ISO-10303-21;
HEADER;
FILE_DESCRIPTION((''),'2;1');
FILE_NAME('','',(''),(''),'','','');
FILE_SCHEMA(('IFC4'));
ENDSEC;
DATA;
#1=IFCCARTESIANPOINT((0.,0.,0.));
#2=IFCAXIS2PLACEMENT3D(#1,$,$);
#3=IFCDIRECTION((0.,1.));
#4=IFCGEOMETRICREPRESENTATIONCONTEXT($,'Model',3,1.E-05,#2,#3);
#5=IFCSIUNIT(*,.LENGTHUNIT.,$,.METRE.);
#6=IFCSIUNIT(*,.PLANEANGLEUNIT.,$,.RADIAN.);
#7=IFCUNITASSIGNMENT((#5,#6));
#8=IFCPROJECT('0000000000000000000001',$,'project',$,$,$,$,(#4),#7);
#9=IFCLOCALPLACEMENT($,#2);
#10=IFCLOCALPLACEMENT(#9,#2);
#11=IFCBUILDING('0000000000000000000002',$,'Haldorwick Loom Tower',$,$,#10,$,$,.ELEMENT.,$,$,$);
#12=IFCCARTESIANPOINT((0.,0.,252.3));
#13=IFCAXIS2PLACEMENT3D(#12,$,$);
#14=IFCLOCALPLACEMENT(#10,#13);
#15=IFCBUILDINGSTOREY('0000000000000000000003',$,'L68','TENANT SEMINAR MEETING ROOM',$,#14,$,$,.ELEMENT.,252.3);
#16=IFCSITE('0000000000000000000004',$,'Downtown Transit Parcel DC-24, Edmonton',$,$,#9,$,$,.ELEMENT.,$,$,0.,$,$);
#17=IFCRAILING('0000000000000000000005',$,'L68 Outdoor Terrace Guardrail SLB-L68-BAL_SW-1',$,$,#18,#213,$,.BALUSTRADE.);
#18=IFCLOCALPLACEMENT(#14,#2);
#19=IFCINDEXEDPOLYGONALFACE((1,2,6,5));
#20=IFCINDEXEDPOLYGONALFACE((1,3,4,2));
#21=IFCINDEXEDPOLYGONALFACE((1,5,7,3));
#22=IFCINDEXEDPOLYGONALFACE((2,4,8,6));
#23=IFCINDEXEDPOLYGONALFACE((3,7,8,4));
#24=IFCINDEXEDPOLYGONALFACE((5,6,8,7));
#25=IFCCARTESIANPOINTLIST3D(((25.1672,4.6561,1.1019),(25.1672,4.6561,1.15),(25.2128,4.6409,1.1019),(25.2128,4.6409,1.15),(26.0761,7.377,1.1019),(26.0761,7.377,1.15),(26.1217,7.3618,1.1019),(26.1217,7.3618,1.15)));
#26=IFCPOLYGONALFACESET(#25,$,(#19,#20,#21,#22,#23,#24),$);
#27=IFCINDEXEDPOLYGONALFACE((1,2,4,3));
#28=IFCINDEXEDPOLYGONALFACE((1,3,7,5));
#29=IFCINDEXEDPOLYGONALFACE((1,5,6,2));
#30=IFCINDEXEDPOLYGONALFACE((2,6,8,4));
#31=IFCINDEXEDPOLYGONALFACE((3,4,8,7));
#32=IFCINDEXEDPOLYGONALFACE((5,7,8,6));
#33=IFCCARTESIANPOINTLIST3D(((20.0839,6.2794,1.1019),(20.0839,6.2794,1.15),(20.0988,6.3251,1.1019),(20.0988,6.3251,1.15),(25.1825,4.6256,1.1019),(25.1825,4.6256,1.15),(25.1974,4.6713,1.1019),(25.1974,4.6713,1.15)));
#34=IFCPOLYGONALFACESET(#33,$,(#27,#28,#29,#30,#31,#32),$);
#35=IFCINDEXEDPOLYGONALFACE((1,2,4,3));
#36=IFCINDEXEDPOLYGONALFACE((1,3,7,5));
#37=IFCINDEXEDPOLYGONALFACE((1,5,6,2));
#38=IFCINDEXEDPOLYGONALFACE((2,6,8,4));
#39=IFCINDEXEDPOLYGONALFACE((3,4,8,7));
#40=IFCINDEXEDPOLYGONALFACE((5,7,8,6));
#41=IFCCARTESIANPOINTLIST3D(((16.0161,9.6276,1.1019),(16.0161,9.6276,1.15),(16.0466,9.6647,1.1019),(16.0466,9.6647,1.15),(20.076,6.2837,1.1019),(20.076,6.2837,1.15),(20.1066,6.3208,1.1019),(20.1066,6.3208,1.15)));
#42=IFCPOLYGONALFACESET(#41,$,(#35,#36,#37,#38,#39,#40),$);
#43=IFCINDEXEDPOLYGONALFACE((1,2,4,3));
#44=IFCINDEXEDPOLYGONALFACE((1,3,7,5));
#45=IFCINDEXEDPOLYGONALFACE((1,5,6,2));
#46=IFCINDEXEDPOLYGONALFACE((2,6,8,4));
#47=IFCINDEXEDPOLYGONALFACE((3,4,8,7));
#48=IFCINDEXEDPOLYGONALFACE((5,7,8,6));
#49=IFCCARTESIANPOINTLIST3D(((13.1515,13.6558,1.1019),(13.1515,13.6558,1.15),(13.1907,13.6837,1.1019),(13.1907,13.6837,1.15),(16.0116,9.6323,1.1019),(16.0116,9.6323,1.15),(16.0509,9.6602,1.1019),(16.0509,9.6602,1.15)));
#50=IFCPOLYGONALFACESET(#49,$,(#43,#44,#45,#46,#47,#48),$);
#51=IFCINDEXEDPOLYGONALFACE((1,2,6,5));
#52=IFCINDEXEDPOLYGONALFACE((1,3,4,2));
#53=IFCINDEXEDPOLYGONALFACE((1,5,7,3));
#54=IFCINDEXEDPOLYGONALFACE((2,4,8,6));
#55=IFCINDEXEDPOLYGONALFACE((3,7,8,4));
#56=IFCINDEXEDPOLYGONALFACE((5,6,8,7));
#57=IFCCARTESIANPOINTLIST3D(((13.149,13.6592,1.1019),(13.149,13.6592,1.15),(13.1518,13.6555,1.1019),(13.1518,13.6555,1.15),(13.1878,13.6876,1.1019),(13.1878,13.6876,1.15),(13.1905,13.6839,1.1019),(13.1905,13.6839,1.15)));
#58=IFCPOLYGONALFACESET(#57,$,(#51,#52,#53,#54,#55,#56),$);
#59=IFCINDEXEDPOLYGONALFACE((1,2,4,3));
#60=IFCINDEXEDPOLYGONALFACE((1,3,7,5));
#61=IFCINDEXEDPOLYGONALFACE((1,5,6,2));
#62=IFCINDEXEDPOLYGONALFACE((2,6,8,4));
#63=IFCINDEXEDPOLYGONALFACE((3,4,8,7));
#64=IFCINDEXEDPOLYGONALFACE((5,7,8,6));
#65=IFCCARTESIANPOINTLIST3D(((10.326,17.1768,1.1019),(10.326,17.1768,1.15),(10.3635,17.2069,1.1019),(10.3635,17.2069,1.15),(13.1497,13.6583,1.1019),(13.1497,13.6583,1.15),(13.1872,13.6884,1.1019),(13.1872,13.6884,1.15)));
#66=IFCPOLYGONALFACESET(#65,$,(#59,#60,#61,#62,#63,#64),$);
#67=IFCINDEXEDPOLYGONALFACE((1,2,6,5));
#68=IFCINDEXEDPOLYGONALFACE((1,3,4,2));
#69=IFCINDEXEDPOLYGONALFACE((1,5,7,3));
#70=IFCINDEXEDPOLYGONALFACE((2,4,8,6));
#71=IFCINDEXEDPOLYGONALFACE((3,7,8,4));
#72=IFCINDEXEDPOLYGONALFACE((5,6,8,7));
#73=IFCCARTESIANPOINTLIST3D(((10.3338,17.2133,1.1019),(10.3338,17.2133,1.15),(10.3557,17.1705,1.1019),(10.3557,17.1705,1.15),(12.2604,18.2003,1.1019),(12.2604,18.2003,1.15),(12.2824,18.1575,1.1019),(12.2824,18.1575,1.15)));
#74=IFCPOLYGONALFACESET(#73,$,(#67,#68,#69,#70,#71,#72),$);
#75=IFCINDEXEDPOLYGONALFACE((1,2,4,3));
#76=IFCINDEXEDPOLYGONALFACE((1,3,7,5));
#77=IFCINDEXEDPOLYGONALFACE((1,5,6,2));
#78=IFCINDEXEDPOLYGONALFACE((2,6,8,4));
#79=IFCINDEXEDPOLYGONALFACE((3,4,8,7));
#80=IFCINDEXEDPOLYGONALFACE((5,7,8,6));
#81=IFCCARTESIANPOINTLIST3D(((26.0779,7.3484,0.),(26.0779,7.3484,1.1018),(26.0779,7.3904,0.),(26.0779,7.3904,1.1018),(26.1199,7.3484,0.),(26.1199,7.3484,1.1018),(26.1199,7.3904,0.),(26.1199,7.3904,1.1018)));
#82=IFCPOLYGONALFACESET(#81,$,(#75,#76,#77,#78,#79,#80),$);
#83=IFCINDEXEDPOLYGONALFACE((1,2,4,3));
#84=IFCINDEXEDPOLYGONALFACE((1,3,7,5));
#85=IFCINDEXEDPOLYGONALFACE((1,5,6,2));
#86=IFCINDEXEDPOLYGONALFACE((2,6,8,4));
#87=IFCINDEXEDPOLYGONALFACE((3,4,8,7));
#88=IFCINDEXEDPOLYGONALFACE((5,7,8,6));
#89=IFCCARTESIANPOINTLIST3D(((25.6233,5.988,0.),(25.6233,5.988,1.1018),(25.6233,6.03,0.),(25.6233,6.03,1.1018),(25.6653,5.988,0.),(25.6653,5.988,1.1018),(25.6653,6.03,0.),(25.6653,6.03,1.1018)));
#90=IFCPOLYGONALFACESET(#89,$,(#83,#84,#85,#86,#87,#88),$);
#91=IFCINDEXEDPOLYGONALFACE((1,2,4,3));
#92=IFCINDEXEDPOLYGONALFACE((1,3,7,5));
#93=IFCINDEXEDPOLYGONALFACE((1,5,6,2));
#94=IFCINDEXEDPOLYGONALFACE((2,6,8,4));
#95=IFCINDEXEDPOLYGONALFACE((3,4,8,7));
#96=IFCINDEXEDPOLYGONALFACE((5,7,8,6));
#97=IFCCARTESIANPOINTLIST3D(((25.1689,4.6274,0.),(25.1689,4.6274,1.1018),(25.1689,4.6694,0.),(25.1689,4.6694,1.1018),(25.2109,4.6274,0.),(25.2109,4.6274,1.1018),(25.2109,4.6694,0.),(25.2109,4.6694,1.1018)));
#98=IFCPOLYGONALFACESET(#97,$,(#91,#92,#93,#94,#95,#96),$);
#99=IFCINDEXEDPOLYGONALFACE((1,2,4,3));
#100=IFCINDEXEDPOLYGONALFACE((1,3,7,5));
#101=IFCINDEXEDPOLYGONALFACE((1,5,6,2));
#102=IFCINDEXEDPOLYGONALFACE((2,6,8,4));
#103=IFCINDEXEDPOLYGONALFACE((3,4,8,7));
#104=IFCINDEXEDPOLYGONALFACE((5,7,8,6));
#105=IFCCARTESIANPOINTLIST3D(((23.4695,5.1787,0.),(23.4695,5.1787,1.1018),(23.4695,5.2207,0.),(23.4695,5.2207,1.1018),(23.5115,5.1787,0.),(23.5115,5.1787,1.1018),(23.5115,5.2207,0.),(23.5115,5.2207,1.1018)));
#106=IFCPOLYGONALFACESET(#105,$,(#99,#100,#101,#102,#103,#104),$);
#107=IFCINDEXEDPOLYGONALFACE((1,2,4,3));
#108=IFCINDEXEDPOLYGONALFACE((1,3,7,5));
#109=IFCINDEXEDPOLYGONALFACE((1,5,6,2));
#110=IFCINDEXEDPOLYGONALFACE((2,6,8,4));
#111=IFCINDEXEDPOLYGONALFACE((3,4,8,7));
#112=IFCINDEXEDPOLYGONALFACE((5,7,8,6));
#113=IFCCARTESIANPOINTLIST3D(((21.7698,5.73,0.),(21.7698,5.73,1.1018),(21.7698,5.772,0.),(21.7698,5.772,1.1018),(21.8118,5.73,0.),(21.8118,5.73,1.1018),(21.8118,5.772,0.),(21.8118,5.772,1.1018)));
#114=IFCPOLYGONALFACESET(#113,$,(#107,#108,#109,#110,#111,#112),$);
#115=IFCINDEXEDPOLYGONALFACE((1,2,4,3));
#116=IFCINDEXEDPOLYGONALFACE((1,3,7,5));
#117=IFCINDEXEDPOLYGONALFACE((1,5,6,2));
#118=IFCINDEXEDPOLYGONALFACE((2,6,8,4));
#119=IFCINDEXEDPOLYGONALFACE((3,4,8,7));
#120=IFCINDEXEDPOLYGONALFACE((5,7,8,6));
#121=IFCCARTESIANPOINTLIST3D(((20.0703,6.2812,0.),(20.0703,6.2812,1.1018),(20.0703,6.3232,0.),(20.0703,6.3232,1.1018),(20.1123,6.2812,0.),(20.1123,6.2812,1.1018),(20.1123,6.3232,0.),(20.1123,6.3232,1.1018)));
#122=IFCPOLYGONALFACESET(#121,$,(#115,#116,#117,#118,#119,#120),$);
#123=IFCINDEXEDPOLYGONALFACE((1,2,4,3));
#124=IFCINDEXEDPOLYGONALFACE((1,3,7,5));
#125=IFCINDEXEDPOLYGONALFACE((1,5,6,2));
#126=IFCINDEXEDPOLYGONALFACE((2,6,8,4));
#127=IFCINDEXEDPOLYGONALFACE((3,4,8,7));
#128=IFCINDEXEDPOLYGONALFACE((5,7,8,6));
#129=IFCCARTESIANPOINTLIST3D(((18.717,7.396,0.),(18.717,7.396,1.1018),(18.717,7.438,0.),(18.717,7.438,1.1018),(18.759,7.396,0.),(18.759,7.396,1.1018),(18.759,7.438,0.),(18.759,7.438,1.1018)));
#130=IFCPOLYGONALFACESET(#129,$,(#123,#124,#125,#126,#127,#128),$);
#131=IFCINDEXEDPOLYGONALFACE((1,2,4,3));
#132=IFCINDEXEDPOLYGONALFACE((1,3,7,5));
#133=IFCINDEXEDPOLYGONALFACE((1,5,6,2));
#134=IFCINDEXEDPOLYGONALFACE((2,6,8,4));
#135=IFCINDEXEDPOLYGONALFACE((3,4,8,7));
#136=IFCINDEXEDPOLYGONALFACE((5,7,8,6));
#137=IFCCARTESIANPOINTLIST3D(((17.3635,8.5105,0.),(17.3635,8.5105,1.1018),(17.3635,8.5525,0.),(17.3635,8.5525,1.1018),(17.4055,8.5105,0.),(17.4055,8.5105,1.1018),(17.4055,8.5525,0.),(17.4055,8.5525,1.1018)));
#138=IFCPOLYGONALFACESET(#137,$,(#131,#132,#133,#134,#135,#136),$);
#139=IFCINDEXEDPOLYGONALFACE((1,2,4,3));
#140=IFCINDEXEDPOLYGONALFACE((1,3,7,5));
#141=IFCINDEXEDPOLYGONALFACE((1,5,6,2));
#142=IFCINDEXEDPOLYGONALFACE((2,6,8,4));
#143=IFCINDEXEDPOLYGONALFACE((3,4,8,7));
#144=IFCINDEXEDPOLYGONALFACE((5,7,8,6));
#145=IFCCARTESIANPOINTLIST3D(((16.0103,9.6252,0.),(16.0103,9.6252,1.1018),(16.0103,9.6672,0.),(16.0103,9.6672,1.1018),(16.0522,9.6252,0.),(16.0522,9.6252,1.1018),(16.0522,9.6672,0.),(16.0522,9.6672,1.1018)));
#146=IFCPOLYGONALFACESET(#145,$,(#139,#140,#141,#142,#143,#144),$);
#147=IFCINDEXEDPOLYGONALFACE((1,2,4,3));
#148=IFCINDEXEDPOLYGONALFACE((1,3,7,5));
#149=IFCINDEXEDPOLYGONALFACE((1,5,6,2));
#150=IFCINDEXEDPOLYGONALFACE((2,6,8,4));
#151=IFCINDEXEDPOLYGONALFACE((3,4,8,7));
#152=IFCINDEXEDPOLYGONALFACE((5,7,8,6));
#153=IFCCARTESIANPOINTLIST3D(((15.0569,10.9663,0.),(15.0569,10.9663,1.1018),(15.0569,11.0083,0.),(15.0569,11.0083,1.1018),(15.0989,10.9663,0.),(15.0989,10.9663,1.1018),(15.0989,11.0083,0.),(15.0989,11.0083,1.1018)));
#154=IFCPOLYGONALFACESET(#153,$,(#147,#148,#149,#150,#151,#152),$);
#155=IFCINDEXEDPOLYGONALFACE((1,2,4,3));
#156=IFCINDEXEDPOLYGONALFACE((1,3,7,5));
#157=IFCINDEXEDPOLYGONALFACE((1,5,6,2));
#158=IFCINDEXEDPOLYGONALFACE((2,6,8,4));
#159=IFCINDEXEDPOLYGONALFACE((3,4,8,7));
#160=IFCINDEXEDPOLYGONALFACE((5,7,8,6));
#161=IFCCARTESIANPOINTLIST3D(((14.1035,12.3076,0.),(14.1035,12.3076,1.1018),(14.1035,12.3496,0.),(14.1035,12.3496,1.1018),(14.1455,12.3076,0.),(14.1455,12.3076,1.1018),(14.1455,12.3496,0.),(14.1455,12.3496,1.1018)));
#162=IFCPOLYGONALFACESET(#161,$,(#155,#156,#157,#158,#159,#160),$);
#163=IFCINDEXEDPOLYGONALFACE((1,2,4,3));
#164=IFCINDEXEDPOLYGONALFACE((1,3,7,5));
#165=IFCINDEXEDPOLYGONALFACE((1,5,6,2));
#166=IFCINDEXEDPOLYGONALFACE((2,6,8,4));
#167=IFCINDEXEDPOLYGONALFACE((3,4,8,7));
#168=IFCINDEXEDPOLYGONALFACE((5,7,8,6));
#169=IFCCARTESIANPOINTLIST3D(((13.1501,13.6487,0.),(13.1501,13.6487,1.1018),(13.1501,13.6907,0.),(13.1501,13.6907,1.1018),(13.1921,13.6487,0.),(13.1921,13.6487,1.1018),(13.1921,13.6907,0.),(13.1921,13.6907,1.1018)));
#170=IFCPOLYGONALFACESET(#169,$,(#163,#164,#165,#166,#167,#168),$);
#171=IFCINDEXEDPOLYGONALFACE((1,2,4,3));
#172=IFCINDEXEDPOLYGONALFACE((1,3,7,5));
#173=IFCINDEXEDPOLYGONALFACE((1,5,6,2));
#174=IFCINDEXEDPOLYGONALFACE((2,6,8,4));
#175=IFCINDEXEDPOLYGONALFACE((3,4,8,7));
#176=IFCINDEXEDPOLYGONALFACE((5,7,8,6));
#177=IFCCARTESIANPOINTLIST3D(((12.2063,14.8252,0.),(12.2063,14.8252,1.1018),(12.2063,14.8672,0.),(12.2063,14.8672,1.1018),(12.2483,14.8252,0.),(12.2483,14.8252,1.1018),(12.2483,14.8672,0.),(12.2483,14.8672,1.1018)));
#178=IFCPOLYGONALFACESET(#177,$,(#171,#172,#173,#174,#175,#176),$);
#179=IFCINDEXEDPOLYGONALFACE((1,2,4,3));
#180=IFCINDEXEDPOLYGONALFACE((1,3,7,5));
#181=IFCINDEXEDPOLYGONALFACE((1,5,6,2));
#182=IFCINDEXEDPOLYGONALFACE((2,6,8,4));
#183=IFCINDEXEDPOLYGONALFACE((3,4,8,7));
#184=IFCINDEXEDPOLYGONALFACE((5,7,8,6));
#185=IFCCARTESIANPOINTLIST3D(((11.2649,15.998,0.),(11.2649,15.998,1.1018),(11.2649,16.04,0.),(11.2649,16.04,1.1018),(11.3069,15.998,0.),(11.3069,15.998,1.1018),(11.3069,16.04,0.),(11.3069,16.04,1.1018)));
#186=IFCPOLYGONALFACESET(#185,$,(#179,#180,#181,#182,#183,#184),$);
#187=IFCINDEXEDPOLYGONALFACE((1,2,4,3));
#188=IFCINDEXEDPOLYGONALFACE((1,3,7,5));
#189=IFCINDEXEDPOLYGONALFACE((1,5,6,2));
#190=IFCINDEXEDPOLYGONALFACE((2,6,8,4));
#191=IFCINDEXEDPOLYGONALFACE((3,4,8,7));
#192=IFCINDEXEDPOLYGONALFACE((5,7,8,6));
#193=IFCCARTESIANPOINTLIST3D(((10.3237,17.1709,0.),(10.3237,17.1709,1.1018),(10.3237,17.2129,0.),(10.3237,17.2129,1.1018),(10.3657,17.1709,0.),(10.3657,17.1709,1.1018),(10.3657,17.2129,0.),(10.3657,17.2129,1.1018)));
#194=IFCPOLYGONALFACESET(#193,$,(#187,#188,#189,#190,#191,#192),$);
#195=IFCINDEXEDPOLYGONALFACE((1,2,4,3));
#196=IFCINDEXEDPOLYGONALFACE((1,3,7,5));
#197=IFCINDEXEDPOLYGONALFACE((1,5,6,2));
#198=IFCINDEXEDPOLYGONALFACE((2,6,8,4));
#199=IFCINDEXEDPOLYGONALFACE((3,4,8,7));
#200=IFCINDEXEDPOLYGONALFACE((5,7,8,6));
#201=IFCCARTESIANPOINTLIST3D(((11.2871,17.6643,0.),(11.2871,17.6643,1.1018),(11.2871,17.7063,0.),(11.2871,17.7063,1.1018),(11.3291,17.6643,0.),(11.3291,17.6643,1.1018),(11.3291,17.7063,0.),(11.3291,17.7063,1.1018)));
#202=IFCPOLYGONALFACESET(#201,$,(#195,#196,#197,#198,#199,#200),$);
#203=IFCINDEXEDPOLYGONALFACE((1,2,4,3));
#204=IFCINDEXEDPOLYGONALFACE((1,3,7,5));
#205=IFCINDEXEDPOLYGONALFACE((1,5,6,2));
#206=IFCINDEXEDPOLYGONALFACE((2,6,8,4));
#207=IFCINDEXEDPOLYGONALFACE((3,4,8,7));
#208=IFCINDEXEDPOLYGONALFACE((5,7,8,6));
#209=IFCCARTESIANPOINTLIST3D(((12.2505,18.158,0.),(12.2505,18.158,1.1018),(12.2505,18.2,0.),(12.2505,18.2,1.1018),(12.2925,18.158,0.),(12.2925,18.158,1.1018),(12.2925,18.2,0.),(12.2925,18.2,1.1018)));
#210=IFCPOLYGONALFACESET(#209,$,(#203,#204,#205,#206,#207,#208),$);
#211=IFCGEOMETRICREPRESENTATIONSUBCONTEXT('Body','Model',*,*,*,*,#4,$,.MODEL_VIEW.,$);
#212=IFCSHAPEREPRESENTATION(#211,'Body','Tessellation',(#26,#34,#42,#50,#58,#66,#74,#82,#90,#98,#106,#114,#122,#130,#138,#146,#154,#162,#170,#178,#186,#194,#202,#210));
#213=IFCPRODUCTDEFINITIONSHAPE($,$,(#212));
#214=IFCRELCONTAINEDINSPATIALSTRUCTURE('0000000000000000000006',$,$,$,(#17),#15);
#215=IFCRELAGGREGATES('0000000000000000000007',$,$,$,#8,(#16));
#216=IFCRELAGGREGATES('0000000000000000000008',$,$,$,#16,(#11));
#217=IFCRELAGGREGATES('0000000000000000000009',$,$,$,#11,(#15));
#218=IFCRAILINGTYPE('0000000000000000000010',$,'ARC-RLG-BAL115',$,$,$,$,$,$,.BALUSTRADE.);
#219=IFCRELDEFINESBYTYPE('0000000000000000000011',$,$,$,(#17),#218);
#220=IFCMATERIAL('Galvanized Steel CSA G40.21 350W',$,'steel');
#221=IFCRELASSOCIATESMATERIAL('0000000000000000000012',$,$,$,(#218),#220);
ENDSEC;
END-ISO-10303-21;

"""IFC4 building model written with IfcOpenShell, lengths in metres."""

from ifc_helpers import new_model, si_unit, direction, frame, origin, origin_2d, place, context, subcontext, project, spatial, rectangle, extrude, material, type_object, element, save


model = new_model("IFC4")

# Units and contexts
model_context = context("Model", 3, precision=1e-05, world=origin(), true_north=direction((0.0, 1.0)))
body_context = subcontext(model_context, "Body", "Model", "MODEL_VIEW")
ifc_project = project(units=[si_unit("LENGTHUNIT", "METRE"), si_unit("PLANEANGLEUNIT", "RADIAN")], contexts=[model_context])

# Site, building, storey
site_placement = place(None, origin())
site = spatial("IfcSite", under=ifc_project, at=site_placement, Name="Downtown Transit Parcel DC-24, Edmonton", CompositionType="ELEMENT", RefElevation=0.0)
building_placement = place(site_placement, origin())
building = spatial("IfcBuilding", under=site, at=building_placement, Name="Haldorwick Loom Tower", CompositionType="ELEMENT")
storey_placement = place(building_placement, frame((0.0, 0.0, 252.3)))
storey = spatial("IfcBuildingStorey", under=building, at=storey_placement, Name="L68", Description="TENANT SEMINAR MEETING ROOM", CompositionType="ELEMENT", Elevation=252.3)

# Railing
ifc_material_1 = material(Name="Galvanized Steel CSA G40.21 350W", Category="steel")
railing_type = type_object("IfcRailingType", Name="ARC-RLG-BAL115", PredefinedType="BALUSTRADE", material=ifc_material_1)
railing_placement = place(storey_placement, frame((26.0989, 7.3694, 0.0)))
element("IfcRailing", 1, at=railing_placement, inside=storey, type_object=railing_type, Name="L68 Outdoor Terrace Guardrail SLB-L68-BAL_SW-1", PredefinedType="BALUSTRADE", context=body_context, shape_type="SweptSolid", body=[
    extrude(rectangle(XDim=0.0481, YDim=0.0481, at=origin_2d()), frame((0.0, 0.0, 1.126), z_axis=(-0.31684, -0.948479, 0.0), x_axis=(0.948479, -0.31684, 0.0)), (0.0, 0.0, 1.0), 2.8687),
    extrude(rectangle(XDim=0.0481, YDim=0.0481, at=origin_2d()), frame((-0.9089, -2.7209, 1.126), z_axis=(-0.951212, 0.308538, 0.0), x_axis=(-0.308538, -0.951212, 0.0)), (0.0, 0.0, 1.0), 5.3601),
    extrude(rectangle(XDim=0.0481, YDim=0.0481, at=origin_2d()), frame((-6.0076, -1.0671, 1.126), z_axis=(-0.771891, 0.635754, 0.0), x_axis=(-0.635754, -0.771891, 0.0)), (0.0, 0.0, 1.0), 5.2598),
    extrude(rectangle(XDim=0.0481, YDim=0.0481, at=origin_2d()), frame((-10.0676, 2.2769, 1.126), z_axis=(-0.579389, 0.815051, 0.0), x_axis=(-0.815051, -0.579389, 0.0)), (0.0, 0.0, 1.0), 4.9365),
    extrude(rectangle(XDim=0.0481, YDim=0.0481, at=origin_2d()), frame((-12.9277, 6.3003, 1.126), z_axis=(-0.591364, 0.806405, 0.0), x_axis=(-0.806405, -0.591364, 0.0)), (0.0, 0.0, 1.0), 0.0046),
    extrude(rectangle(XDim=0.0481, YDim=0.0481, at=origin_2d()), frame((-12.9304, 6.304, 1.126), z_axis=(-0.625895, 0.779907, 0.0), x_axis=(-0.779907, -0.625895, 0.0)), (0.0, 0.0, 1.0), 4.5115),
    extrude(rectangle(XDim=0.0481, YDim=0.0481, at=origin_2d()), frame((-15.7542, 9.8225, 1.126), z_axis=(0.890009, 0.455943, 0.0), x_axis=(-0.455943, 0.890009, 0.0)), (0.0, 0.0, 1.0), 2.1648),
    extrude(rectangle(XDim=0.042, YDim=0.042, at=origin_2d()), origin(), (0.0, 0.0, 1.0), 1.1018),
    extrude(rectangle(XDim=0.042, YDim=0.042, at=origin_2d()), frame((-0.4546, -1.3604, 0.0)), (0.0, 0.0, 1.0), 1.1018),
    extrude(rectangle(XDim=0.042, YDim=0.042, at=origin_2d()), frame((-0.9089, -2.7209, 0.0)), (0.0, 0.0, 1.0), 1.1018),
    extrude(rectangle(XDim=0.042, YDim=0.042, at=origin_2d()), frame((-2.6084, -2.1697, 0.0)), (0.0, 0.0, 1.0), 1.1018),
    extrude(rectangle(XDim=0.042, YDim=0.042, at=origin_2d()), frame((-4.3081, -1.6184, 0.0)), (0.0, 0.0, 1.0), 1.1018),
    extrude(rectangle(XDim=0.042, YDim=0.042, at=origin_2d()), frame((-6.0076, -1.0671, 0.0)), (0.0, 0.0, 1.0), 1.1018),
    extrude(rectangle(XDim=0.042, YDim=0.042, at=origin_2d()), frame((-7.3608, 0.0476, 0.0)), (0.0, 0.0, 1.0), 1.1018),
    extrude(rectangle(XDim=0.042, YDim=0.042, at=origin_2d()), frame((-8.7144, 1.1621, 0.0)), (0.0, 0.0, 1.0), 1.1018),
    extrude(rectangle(XDim=0.042, YDim=0.042, at=origin_2d()), frame((-10.0676, 2.2769, 0.0)), (0.0, 0.0, 1.0), 1.1018),
    extrude(rectangle(XDim=0.042, YDim=0.042, at=origin_2d()), frame((-11.021, 3.6179, 0.0)), (0.0, 0.0, 1.0), 1.1018),
    extrude(rectangle(XDim=0.042, YDim=0.042, at=origin_2d()), frame((-11.9744, 4.9592, 0.0)), (0.0, 0.0, 1.0), 1.1018),
    extrude(rectangle(XDim=0.042, YDim=0.042, at=origin_2d()), frame((-12.9277, 6.3003, 0.0)), (0.0, 0.0, 1.0), 1.1018),
    extrude(rectangle(XDim=0.042, YDim=0.042, at=origin_2d()), frame((-13.8716, 7.4768, 0.0)), (0.0, 0.0, 1.0), 1.1018),
    extrude(rectangle(XDim=0.042, YDim=0.042, at=origin_2d()), frame((-14.813, 8.6497, 0.0)), (0.0, 0.0, 1.0), 1.1018),
    extrude(rectangle(XDim=0.042, YDim=0.042, at=origin_2d()), frame((-15.7542, 9.8225, 0.0)), (0.0, 0.0, 1.0), 1.1018),
    extrude(rectangle(XDim=0.042, YDim=0.042, at=origin_2d()), frame((-14.7908, 10.3159, 0.0)), (0.0, 0.0, 1.0), 1.1018),
    extrude(rectangle(XDim=0.042, YDim=0.042, at=origin_2d()), frame((-13.8274, 10.8096, 0.0)), (0.0, 0.0, 1.0), 1.1018),
])

save(model, "model.ifc")
